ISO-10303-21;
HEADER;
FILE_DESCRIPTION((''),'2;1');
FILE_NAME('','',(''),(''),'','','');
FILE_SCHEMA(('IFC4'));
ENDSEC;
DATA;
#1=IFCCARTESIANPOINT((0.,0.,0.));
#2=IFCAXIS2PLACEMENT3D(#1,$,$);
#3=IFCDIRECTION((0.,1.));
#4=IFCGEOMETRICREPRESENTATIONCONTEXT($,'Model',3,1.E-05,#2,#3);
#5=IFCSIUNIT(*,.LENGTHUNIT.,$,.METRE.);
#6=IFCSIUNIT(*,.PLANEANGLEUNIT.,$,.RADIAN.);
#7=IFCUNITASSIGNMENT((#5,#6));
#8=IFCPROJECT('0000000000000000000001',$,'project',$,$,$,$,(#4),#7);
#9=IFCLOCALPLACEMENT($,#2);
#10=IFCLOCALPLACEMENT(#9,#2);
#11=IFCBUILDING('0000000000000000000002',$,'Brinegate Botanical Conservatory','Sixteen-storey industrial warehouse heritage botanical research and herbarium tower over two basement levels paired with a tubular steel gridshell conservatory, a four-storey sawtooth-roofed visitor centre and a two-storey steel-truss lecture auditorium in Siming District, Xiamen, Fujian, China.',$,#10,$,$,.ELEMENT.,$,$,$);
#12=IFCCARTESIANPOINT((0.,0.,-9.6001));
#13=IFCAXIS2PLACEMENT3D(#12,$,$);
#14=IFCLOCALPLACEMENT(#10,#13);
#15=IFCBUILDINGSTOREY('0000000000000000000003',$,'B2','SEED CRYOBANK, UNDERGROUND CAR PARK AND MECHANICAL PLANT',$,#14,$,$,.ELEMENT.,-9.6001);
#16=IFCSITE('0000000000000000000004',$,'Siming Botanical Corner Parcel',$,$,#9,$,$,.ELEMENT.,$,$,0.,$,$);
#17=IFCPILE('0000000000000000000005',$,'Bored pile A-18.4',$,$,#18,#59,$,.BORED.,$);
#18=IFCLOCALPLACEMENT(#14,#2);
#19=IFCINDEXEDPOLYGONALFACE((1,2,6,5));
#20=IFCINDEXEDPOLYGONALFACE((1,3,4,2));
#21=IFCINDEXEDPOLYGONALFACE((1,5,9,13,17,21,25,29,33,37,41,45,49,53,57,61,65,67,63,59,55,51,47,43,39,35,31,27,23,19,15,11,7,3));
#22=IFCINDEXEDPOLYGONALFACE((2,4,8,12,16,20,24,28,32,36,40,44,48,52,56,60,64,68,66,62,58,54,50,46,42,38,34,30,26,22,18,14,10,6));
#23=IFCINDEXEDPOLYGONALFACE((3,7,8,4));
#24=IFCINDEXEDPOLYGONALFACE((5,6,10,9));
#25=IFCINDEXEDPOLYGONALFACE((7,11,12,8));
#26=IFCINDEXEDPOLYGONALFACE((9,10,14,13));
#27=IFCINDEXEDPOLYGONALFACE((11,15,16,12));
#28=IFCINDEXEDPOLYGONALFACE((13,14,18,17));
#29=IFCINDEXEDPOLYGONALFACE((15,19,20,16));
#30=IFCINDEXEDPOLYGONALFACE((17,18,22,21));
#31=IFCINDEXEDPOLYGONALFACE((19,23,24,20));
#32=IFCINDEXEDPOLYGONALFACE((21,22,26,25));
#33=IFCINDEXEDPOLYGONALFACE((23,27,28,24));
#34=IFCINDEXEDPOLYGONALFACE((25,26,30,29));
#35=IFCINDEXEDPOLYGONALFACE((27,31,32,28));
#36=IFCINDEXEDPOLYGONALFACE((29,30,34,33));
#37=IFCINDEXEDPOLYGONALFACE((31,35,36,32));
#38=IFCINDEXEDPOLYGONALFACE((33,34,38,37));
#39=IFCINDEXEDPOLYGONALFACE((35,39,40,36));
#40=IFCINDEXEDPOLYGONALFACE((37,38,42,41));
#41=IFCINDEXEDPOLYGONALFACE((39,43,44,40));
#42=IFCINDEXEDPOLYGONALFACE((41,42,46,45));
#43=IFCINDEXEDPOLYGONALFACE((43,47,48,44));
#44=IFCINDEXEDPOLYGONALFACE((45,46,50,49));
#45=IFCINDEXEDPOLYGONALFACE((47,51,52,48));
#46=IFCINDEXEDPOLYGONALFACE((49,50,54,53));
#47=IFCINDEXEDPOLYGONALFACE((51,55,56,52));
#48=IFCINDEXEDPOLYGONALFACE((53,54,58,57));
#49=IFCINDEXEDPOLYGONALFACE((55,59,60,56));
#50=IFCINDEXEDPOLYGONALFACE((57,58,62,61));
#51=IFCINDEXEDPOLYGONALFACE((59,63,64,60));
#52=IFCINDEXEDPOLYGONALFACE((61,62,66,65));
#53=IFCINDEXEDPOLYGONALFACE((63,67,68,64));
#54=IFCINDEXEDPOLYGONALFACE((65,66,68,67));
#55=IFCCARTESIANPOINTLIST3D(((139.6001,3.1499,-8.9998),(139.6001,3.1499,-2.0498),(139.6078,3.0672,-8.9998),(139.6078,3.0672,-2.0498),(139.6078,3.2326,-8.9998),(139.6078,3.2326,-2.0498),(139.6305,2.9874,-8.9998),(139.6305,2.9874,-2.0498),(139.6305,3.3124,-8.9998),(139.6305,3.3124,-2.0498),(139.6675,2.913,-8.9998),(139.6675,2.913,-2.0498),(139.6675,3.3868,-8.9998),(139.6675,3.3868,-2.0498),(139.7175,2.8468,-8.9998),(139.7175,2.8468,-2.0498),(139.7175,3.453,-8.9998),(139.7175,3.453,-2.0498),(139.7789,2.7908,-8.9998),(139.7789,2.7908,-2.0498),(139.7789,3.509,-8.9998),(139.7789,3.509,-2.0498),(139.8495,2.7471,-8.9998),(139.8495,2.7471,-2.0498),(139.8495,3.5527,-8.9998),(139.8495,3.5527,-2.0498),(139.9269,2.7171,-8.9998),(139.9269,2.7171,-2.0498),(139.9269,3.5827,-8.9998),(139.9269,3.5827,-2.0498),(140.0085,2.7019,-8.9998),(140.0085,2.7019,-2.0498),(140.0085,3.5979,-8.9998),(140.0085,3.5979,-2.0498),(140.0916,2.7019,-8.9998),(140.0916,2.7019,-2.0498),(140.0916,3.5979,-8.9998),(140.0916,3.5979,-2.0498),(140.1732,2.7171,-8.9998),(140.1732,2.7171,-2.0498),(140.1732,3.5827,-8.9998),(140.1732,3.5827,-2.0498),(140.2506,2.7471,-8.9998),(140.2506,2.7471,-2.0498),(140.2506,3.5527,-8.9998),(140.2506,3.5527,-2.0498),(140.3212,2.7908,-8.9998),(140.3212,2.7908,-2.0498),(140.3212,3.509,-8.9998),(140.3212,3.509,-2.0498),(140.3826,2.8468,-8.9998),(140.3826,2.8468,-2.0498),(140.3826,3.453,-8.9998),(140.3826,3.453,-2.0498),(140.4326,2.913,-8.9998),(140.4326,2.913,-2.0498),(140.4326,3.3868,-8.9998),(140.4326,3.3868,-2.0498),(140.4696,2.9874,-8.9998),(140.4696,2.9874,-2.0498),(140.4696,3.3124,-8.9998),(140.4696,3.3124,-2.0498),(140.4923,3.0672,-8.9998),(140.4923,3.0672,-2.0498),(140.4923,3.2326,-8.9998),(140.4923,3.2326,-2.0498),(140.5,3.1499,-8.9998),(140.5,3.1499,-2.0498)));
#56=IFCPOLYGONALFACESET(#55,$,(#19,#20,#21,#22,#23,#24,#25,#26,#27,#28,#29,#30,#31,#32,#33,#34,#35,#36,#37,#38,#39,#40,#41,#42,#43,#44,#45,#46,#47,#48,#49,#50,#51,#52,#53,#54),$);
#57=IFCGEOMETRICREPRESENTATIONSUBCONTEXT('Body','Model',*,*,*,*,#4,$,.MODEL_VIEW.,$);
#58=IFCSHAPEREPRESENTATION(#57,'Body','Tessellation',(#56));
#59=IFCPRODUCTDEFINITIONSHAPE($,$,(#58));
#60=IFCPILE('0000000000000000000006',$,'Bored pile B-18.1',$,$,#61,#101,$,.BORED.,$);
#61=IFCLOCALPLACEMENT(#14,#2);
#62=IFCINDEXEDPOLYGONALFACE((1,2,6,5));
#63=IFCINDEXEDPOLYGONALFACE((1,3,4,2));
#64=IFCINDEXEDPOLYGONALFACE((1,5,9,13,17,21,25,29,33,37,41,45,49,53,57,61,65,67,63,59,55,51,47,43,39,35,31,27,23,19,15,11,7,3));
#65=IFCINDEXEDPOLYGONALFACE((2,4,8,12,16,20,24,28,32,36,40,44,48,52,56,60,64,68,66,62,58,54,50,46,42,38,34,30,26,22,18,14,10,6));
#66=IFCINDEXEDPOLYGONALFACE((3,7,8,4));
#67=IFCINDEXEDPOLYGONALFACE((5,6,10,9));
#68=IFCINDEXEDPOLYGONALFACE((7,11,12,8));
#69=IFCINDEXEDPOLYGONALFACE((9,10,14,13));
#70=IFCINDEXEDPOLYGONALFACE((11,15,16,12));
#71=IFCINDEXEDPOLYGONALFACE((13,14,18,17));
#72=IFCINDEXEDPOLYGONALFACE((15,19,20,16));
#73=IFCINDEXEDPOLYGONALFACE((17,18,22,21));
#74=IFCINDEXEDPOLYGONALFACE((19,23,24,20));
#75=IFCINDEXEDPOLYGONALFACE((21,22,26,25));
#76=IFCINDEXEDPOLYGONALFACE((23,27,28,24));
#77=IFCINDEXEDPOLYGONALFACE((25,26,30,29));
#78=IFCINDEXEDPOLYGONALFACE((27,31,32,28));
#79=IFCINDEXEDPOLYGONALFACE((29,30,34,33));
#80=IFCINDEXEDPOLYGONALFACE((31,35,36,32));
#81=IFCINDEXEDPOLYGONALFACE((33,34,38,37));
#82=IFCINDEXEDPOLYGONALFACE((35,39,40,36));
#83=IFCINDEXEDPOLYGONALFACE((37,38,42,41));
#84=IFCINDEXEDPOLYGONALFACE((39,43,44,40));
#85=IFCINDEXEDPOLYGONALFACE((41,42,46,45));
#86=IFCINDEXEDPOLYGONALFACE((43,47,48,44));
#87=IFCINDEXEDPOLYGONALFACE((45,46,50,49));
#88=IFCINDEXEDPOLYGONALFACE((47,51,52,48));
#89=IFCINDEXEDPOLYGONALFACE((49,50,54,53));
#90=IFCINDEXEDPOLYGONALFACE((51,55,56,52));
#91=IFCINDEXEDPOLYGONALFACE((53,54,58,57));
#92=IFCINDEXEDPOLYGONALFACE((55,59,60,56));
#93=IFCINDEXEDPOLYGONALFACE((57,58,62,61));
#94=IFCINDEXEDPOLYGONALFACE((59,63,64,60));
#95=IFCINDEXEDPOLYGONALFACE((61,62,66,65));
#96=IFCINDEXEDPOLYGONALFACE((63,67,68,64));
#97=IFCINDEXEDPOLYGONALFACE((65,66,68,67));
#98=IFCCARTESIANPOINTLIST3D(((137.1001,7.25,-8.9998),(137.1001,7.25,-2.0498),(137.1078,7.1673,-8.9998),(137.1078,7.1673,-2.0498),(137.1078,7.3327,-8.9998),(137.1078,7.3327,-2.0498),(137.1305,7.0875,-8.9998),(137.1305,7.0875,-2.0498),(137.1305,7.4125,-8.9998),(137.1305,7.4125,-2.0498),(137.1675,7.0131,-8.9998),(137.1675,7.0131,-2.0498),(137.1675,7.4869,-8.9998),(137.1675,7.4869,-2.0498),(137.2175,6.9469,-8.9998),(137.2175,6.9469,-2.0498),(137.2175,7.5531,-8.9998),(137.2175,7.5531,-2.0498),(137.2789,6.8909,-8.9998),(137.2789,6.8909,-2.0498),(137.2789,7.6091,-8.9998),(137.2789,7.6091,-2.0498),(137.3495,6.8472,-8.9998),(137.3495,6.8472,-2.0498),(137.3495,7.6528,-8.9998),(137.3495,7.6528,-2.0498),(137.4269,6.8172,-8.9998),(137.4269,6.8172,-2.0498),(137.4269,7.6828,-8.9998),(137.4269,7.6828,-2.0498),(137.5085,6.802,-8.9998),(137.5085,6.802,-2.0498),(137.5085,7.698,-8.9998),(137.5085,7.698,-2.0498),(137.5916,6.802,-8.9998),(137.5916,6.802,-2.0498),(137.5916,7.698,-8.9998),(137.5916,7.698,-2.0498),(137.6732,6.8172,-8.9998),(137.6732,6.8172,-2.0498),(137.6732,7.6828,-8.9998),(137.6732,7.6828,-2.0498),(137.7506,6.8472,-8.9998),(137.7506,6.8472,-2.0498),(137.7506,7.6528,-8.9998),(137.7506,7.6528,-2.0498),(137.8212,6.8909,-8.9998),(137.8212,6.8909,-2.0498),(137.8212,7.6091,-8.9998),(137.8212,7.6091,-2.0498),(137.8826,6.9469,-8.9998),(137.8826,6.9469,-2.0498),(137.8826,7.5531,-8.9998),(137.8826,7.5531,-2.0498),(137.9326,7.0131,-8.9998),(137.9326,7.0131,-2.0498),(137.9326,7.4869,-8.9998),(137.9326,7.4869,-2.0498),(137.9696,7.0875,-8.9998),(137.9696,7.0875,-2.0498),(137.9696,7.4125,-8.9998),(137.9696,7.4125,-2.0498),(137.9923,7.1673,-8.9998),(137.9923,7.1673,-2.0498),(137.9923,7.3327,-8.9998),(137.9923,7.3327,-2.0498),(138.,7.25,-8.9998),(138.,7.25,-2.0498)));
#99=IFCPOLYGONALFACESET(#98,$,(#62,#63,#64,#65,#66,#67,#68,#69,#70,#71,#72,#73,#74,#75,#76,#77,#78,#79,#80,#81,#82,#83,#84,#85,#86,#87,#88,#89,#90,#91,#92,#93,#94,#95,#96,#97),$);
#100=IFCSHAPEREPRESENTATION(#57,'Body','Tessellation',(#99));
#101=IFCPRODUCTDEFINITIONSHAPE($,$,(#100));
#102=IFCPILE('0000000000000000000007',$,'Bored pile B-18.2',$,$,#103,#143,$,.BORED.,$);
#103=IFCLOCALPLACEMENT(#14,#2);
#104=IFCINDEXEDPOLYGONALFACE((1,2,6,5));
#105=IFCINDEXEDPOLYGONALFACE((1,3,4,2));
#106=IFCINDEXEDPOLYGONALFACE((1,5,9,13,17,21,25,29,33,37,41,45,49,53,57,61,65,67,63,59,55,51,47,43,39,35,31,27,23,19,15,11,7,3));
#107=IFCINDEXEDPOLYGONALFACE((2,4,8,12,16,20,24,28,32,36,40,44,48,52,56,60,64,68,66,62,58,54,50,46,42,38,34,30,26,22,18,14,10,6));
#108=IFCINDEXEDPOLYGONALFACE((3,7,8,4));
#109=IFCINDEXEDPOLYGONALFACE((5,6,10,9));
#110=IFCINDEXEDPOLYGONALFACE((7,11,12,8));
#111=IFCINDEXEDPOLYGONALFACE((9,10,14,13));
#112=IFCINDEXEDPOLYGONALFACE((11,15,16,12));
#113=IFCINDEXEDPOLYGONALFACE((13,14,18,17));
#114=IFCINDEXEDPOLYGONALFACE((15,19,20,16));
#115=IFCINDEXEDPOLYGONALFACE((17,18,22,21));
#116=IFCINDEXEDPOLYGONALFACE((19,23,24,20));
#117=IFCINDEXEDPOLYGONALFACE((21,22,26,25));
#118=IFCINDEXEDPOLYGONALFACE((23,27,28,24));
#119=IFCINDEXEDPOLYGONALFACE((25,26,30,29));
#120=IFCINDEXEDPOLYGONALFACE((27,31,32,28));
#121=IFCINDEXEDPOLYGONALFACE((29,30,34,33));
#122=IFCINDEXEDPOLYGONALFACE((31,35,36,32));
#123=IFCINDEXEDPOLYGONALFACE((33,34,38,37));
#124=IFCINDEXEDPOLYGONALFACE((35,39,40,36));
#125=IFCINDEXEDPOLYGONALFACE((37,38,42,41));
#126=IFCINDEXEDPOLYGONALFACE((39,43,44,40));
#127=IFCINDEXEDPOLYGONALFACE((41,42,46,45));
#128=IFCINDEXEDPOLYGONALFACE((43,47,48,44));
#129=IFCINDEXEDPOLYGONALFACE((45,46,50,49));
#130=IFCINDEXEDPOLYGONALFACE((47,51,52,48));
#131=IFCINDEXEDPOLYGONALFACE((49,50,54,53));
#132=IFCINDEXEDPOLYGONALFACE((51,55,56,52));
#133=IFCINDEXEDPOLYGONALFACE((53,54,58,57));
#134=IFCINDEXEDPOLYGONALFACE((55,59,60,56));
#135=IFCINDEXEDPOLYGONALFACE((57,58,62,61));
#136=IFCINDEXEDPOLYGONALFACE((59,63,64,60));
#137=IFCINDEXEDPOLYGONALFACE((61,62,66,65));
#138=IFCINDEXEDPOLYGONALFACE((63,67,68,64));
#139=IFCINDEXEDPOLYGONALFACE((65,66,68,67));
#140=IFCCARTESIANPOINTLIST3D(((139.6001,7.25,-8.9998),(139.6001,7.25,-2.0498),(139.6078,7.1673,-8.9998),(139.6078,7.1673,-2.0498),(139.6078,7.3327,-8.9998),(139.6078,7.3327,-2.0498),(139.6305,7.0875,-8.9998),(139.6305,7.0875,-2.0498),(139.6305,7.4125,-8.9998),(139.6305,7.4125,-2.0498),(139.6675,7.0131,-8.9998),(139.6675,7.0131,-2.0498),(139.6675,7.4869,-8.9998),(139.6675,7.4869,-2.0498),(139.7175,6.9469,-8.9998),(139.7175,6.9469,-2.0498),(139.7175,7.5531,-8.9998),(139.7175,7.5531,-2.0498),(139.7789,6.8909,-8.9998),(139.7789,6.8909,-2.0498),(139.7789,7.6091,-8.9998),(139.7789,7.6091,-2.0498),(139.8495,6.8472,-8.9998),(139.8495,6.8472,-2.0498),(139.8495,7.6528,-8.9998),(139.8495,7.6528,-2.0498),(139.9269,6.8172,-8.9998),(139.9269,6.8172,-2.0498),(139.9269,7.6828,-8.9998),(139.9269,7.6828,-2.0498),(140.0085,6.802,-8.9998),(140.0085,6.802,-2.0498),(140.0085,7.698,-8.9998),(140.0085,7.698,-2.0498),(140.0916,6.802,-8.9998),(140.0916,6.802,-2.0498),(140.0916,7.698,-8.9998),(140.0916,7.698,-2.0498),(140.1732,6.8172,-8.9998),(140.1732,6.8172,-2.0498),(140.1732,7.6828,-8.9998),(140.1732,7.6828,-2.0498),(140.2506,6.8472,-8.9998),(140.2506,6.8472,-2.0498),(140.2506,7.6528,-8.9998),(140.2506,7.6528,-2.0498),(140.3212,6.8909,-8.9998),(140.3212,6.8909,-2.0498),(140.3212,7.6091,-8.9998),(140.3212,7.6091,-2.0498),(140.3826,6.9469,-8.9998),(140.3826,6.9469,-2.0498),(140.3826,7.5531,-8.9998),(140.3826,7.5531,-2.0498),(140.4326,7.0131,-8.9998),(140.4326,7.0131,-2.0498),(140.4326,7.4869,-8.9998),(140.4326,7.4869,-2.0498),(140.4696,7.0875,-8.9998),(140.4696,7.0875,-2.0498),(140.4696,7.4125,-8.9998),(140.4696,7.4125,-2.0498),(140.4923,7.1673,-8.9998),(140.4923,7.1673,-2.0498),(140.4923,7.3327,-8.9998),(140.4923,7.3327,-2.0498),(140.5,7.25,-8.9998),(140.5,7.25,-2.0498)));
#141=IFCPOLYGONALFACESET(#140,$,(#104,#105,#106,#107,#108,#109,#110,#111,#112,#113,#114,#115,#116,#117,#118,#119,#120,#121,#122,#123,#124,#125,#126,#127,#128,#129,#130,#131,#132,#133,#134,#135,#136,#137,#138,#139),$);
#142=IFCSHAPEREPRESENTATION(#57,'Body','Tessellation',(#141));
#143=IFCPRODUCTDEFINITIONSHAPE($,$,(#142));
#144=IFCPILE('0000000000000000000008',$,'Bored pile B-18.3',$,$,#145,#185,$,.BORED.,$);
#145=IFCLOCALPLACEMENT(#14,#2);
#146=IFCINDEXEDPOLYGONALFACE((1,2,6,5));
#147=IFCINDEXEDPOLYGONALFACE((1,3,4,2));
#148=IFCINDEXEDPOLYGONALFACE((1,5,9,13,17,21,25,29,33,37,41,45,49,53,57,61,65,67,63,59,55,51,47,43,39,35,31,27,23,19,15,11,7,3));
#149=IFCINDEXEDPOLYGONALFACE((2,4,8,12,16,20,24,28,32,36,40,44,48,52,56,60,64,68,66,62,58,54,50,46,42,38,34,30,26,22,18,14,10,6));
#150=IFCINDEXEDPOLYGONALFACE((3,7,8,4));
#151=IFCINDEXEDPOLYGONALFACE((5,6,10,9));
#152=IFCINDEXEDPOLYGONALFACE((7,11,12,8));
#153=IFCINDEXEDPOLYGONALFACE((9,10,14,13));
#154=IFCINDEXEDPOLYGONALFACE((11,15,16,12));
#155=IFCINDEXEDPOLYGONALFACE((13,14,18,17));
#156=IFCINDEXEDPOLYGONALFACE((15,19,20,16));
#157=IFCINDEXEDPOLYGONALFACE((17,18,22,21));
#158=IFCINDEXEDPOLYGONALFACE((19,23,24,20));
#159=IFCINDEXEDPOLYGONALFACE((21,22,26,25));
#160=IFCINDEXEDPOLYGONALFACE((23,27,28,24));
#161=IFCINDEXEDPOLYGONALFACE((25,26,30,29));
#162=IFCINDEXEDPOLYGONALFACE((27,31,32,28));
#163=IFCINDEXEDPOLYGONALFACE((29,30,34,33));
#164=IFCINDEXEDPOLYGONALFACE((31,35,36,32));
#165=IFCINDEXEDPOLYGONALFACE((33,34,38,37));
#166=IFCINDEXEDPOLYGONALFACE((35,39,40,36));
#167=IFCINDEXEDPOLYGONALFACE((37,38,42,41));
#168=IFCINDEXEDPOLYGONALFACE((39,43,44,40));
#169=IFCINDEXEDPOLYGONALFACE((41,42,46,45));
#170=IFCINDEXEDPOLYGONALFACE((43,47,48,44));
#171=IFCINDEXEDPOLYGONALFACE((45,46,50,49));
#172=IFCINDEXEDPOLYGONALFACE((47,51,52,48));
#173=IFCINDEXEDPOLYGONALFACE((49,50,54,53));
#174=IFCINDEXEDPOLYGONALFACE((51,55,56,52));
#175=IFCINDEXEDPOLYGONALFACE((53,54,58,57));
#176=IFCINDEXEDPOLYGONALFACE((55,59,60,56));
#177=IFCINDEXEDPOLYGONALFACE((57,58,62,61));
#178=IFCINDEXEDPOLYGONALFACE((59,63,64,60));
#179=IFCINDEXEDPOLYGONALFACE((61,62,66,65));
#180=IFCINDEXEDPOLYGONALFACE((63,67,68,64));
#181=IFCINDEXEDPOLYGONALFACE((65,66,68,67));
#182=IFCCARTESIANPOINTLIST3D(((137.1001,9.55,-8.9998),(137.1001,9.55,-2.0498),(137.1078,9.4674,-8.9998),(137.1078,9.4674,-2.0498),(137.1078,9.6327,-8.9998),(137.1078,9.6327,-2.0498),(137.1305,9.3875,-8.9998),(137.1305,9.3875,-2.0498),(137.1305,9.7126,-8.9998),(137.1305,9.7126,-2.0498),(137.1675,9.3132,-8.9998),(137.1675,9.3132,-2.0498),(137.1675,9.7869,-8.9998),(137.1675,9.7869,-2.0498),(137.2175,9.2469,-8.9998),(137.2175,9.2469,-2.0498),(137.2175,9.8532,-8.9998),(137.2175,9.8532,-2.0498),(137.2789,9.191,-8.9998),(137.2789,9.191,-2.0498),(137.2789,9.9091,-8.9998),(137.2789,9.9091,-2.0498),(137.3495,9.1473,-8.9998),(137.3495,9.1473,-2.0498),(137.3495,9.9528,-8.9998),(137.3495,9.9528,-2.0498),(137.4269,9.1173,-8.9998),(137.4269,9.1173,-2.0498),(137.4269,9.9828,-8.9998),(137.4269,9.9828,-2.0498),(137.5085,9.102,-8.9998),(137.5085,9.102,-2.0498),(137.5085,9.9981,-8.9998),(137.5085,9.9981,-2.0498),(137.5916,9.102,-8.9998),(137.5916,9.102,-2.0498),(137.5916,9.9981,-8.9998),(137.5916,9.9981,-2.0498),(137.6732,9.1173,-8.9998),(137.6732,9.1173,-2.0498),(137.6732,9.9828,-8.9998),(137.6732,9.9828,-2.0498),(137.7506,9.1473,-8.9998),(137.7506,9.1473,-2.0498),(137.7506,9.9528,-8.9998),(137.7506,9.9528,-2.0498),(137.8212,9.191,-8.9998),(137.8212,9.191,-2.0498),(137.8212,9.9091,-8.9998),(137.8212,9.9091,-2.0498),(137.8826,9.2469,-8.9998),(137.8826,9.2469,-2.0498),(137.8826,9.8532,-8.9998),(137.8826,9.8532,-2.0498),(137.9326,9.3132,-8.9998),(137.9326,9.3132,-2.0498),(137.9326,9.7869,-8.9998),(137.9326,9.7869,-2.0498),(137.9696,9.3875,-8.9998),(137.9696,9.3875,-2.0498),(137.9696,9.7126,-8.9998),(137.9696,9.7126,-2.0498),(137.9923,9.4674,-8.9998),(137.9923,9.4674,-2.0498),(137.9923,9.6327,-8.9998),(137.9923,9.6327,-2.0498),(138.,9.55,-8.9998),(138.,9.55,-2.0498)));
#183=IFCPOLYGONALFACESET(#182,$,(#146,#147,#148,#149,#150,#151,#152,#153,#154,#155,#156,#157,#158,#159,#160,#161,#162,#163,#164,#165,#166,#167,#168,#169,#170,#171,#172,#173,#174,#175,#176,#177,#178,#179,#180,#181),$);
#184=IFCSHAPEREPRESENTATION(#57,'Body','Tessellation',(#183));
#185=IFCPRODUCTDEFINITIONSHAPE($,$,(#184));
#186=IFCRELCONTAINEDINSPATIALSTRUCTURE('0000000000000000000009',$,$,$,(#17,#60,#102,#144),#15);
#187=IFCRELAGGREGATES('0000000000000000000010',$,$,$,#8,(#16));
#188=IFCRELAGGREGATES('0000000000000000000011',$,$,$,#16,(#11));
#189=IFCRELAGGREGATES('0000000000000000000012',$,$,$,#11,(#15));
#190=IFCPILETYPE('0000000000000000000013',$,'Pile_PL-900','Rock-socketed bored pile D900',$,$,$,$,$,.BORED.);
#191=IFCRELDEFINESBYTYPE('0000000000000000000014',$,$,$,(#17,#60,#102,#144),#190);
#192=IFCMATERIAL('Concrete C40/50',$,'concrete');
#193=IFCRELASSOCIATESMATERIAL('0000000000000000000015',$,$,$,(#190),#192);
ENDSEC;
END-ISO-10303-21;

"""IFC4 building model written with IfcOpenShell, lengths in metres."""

from ifc_helpers import new_model, si_unit, direction, frame, origin, origin_2d, place, context, subcontext, project, spatial, circle, extrude, material, material_profile, profile_set, type_object, element, save


model = new_model("IFC4")

# Units and contexts
model_context = context("Model", 3, precision=1e-05, world=origin(), true_north=direction((0.0, 1.0)))
body_context = subcontext(model_context, "Body", "Model", "MODEL_VIEW")
ifc_project = project(units=[si_unit("LENGTHUNIT", "METRE"), si_unit("PLANEANGLEUNIT", "RADIAN")], contexts=[model_context])

# Site, building, storey
site_placement = place(None, origin())
site = spatial("IfcSite", under=ifc_project, at=site_placement, Name="Siming Botanical Corner Parcel", CompositionType="ELEMENT", RefElevation=0.0)
building_placement = place(site_placement, origin())
building = spatial("IfcBuilding", under=site, at=building_placement, Name="Brinegate Botanical Conservatory", Description="Sixteen-storey industrial warehouse heritage botanical research and herbarium tower over two basement levels paired with a tubular steel gridshell conservatory, a four-storey sawtooth-roofed visitor centre and a two-storey steel-truss lecture auditorium in Siming District, Xiamen, Fujian, China.", CompositionType="ELEMENT")
storey_placement = place(building_placement, frame((0.0, 0.0, -9.6001)))
storey = spatial("IfcBuildingStorey", under=building, at=storey_placement, Name="B2", Description="SEED CRYOBANK, UNDERGROUND CAR PARK AND MECHANICAL PLANT", CompositionType="ELEMENT", Elevation=-9.6001)

# Shared definitions
ifc_material_1 = material(Name="Concrete C40/50", Category="concrete")

# Piles
ifc_material_profile_1 = material_profile(ifc_material_1, circle(Radius=0.45, at=origin_2d()), Name="PILE D900")
ifc_profile_set_1 = profile_set([ifc_material_profile_1], Name="Concrete C40/50")
pile_type = type_object("IfcPileType", Name="Pile_PL-900", Description="Rock-socketed bored pile D900", PredefinedType="BORED", material=ifc_profile_set_1)
for number, where, z_axis, x_axis, name in (
    (1, (140.05, 3.1499, -2.0498), (0.0, 0.0, -1.0), (1.0, 0.0, 0.0), "Bored pile A-18.4"),
    (2, (137.55, 7.25, -2.0498), (0.0, 0.0, -1.0), (1.0, 0.0, 0.0), "Bored pile B-18.1"),
    (3, (140.05, 7.25, -2.0498), (0.0, 0.0, -1.0), (1.0, 0.0, 0.0), "Bored pile B-18.2"),
    (4, (137.55, 9.55, -2.0498), (0.0, 0.0, -1.0), (1.0, 0.0, 0.0), "Bored pile B-18.3"),
):
    element("IfcPile", number, at=place(storey_placement, frame(where, z_axis=z_axis, x_axis=x_axis)), inside=storey, type_object=pile_type, Name=name, PredefinedType="BORED", context=body_context, shape_type="SweptSolid", body=[
        extrude(circle(Radius=0.45, at=origin_2d()), origin(), (0.0, 0.0, 1.0), 6.95),
    ])

save(model, "model.ifc")
